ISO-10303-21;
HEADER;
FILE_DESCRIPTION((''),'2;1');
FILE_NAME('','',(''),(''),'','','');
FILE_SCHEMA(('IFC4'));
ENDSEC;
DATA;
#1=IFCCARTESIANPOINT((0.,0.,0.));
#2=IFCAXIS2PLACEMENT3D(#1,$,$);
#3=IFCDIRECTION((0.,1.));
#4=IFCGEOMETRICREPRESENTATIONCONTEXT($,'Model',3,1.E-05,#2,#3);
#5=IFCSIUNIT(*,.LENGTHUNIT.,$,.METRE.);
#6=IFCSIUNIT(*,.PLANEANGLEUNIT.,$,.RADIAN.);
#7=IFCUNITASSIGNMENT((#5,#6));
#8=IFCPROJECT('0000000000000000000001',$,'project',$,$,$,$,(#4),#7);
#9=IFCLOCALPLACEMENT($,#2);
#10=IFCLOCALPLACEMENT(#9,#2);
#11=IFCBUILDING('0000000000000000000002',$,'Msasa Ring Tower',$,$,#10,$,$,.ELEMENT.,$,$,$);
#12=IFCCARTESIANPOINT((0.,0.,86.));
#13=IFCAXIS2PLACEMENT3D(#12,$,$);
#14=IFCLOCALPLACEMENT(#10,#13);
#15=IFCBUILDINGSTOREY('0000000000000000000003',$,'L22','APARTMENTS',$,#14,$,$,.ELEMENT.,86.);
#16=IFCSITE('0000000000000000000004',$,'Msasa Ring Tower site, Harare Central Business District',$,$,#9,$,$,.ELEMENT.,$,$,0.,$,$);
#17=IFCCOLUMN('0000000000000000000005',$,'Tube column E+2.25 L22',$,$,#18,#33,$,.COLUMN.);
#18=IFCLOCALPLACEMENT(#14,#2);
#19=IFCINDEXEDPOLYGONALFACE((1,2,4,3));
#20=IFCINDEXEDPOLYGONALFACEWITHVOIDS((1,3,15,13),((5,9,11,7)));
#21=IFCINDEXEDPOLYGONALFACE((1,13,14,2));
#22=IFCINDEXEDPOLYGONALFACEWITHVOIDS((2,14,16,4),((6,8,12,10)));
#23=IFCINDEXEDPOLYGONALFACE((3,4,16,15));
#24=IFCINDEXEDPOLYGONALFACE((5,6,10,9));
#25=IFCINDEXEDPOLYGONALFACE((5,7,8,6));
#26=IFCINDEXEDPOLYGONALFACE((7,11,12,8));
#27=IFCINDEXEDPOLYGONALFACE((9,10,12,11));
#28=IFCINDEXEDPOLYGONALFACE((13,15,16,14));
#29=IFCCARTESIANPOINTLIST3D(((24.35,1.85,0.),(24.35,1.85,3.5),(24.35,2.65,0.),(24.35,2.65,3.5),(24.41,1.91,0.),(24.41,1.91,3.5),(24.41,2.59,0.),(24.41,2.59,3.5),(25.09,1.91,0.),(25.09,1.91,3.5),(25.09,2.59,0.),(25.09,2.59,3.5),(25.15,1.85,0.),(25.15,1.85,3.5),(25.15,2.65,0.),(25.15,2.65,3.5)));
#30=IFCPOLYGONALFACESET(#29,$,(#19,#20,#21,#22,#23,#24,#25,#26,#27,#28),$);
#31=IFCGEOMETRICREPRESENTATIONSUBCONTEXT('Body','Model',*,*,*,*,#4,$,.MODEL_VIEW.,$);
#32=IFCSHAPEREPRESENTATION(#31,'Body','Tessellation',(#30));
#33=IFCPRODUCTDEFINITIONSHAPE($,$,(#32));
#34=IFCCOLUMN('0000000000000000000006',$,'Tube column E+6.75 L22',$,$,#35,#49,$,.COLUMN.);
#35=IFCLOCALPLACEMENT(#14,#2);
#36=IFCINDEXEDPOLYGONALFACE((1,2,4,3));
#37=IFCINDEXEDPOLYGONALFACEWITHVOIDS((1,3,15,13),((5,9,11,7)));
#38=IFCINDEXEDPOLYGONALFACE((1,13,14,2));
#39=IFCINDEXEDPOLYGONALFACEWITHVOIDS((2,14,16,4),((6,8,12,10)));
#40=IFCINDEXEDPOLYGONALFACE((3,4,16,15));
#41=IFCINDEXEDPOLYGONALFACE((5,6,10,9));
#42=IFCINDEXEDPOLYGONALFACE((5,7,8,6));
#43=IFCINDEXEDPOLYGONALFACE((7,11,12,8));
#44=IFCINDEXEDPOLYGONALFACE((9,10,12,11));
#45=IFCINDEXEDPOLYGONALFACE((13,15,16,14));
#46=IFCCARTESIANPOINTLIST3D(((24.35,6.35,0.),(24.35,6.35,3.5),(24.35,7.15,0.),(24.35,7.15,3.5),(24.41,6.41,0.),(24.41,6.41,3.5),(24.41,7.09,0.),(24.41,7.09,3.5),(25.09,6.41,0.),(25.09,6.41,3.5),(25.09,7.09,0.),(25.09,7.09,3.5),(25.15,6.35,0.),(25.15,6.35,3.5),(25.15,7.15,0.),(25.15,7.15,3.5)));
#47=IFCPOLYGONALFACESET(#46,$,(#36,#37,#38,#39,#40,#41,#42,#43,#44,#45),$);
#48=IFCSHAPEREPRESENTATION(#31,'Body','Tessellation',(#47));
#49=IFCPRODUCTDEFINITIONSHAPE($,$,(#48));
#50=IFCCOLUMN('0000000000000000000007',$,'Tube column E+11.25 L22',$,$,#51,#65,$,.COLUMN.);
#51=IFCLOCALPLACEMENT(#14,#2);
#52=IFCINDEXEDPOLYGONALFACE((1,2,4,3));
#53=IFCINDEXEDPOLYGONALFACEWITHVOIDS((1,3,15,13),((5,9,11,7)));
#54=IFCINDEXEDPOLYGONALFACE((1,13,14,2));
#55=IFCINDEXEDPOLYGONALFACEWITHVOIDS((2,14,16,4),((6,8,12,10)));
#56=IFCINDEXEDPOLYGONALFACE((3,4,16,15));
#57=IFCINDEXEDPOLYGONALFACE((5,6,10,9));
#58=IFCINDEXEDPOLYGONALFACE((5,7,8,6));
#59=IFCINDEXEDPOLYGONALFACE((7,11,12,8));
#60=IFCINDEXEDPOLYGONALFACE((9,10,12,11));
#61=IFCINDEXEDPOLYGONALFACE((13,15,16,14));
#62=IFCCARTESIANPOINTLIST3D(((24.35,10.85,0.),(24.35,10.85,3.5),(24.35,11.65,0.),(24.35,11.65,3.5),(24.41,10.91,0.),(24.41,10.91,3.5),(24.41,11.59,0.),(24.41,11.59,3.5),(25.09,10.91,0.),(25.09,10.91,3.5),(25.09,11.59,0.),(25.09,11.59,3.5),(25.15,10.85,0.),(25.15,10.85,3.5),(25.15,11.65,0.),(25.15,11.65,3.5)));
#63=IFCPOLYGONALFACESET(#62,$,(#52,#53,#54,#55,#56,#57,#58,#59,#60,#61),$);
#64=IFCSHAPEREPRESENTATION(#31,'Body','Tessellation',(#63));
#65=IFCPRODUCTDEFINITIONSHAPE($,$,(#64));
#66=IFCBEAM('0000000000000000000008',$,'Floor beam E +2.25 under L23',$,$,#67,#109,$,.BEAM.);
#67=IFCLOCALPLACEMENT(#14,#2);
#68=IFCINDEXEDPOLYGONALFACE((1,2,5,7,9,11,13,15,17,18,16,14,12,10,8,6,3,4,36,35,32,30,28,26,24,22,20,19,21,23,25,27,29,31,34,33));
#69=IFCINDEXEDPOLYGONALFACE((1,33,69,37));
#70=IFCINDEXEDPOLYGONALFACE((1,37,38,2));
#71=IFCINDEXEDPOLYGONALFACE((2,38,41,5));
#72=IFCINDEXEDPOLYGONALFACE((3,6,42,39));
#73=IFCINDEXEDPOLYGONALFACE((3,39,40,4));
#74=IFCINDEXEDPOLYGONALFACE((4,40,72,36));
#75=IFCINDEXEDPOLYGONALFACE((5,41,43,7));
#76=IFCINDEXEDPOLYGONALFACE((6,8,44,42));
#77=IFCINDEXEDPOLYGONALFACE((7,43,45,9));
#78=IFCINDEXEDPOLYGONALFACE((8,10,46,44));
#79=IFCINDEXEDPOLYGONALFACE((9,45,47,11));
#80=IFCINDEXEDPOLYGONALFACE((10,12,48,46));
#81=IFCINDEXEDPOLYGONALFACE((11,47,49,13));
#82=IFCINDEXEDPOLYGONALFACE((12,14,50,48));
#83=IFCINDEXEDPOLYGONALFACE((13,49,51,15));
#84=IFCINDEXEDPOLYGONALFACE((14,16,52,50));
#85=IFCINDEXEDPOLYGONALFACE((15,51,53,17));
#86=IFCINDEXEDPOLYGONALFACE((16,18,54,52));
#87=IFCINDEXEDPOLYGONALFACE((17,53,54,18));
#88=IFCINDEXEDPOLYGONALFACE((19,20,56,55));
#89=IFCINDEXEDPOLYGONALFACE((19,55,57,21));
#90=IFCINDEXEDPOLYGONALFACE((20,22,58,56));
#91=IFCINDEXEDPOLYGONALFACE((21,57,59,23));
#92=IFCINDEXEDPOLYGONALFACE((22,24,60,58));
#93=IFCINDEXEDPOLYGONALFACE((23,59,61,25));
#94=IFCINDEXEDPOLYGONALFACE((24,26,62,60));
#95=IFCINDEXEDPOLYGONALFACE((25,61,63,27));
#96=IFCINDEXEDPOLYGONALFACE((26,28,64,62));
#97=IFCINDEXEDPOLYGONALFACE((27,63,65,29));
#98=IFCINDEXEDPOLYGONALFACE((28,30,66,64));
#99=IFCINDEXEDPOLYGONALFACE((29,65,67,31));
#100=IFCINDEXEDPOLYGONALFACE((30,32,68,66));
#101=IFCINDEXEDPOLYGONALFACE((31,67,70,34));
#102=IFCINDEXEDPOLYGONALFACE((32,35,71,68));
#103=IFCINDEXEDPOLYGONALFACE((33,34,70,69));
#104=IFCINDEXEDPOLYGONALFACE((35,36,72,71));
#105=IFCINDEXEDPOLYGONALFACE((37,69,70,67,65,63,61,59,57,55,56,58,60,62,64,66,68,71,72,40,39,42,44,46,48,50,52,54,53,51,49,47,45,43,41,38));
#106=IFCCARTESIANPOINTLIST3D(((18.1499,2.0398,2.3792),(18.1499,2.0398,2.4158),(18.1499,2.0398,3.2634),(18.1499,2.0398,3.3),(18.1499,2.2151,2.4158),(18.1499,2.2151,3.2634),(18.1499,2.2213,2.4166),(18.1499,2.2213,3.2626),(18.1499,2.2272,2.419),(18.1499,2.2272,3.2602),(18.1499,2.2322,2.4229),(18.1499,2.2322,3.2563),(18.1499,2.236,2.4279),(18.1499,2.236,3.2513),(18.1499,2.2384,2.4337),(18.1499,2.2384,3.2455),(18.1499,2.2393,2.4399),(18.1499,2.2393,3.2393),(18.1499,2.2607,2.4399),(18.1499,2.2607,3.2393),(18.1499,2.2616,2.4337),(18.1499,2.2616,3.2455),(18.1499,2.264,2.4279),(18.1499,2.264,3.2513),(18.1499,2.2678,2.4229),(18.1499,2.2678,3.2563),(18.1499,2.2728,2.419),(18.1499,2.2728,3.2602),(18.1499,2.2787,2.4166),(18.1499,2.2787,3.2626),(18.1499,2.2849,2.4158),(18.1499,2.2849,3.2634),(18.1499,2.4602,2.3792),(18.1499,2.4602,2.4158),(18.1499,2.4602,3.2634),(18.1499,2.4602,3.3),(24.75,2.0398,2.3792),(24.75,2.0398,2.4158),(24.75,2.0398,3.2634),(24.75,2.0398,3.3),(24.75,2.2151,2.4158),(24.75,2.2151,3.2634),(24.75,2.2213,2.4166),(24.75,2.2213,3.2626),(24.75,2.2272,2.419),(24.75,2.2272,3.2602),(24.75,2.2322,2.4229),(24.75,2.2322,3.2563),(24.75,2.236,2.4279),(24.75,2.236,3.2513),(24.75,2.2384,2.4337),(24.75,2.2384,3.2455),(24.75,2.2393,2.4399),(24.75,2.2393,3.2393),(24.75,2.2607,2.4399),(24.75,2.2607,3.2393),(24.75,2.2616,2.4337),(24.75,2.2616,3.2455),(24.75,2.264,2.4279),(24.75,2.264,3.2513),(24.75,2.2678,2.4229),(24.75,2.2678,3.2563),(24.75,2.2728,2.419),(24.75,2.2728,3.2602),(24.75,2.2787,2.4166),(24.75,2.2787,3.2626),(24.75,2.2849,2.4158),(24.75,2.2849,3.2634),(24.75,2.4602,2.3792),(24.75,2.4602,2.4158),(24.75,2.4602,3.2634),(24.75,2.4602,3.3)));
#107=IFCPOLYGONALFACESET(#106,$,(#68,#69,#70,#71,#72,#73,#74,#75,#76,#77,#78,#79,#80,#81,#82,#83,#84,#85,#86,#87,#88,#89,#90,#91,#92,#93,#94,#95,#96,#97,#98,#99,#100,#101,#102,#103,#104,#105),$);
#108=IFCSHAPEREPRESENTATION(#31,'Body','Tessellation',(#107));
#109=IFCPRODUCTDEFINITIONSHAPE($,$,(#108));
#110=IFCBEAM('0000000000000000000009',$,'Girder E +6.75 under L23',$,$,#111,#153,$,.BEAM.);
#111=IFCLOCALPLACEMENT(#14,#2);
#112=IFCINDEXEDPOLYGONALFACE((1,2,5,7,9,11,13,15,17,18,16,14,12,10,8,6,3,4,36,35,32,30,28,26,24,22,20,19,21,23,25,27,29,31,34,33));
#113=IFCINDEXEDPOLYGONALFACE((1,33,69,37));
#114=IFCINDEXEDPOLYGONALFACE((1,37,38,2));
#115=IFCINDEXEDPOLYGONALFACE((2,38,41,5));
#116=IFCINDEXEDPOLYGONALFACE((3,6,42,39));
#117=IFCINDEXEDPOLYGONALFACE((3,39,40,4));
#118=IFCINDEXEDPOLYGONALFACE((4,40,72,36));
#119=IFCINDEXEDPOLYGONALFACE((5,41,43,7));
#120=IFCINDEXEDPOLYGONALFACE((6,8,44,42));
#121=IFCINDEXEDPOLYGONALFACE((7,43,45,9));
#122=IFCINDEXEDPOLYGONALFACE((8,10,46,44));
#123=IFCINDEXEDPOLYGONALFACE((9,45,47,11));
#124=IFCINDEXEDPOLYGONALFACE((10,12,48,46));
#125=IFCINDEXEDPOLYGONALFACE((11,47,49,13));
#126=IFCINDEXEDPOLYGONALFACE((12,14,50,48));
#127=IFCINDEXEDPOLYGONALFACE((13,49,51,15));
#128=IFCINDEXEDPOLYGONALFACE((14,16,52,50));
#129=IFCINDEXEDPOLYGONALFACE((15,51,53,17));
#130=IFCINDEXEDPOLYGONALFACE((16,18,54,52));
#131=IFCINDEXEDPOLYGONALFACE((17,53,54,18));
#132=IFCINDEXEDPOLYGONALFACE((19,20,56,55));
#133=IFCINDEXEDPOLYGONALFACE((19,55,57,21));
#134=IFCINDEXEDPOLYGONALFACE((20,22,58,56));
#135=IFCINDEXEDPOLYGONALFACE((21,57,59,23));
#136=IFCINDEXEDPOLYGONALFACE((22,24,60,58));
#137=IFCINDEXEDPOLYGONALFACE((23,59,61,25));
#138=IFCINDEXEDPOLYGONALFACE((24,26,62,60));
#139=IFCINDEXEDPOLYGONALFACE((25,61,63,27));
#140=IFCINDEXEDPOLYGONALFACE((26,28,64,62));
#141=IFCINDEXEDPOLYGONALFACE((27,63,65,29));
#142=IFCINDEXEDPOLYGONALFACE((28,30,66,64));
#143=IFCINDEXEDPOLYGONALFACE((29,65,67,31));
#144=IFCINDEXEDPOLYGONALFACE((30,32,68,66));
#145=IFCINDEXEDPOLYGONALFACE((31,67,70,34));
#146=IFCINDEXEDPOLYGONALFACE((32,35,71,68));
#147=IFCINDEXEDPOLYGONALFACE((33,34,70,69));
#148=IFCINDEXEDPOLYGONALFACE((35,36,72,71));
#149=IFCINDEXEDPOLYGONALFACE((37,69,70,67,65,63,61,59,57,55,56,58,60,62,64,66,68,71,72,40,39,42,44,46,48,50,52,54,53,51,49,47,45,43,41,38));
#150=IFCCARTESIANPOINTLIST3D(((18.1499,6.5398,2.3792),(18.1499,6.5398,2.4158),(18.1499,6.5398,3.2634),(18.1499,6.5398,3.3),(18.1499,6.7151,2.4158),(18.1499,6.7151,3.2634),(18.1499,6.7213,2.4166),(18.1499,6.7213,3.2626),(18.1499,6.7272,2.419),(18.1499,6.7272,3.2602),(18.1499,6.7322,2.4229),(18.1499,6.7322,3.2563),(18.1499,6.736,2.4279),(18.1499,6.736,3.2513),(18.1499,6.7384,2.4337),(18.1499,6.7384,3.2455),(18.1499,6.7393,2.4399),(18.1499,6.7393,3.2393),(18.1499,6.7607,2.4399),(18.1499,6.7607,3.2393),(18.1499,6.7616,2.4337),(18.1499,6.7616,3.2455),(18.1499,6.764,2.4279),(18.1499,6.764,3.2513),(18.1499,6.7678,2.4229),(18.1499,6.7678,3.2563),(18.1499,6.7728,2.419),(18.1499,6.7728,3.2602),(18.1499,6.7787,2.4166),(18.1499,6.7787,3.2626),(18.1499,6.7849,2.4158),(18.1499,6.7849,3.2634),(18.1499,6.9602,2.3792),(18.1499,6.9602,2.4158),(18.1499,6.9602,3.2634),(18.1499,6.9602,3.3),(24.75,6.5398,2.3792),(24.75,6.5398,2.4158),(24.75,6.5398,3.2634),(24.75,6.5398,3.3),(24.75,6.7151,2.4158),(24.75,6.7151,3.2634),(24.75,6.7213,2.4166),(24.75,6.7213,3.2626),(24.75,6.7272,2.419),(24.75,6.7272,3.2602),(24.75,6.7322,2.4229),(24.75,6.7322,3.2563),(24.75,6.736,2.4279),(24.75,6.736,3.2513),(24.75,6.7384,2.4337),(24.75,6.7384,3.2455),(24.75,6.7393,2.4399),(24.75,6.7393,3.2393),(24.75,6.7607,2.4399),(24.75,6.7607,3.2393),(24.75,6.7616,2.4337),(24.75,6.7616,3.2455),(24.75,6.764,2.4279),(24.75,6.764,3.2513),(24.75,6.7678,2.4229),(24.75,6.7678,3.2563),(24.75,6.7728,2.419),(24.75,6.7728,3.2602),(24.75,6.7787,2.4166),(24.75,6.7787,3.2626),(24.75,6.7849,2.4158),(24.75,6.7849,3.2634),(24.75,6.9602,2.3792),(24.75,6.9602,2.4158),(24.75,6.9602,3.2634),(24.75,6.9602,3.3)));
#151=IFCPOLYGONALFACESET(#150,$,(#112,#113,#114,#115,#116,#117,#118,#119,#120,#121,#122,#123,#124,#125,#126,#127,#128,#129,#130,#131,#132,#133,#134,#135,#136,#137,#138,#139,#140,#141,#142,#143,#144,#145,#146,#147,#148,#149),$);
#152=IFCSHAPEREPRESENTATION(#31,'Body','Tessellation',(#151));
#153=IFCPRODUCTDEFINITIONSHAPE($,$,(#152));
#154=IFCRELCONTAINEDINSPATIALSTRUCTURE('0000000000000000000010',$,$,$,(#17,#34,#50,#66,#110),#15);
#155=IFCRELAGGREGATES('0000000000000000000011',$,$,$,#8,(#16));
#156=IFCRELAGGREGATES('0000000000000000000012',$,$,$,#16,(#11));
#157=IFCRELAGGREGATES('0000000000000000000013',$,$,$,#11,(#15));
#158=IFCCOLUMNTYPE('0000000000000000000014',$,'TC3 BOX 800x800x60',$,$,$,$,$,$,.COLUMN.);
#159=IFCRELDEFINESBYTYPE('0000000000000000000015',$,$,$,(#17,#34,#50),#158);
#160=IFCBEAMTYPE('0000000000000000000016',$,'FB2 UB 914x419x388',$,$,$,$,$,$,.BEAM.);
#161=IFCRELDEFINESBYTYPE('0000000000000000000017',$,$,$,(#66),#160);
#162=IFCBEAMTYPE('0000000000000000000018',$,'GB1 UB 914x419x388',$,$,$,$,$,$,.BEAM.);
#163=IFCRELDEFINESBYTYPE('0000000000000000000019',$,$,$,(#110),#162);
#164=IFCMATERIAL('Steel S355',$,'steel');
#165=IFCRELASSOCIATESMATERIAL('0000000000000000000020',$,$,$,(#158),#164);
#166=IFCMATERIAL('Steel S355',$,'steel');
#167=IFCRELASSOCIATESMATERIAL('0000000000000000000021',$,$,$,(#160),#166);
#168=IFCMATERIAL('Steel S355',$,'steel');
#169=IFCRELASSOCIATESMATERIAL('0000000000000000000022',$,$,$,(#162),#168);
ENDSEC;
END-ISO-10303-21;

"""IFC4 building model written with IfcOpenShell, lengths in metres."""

from ifc_helpers import new_model, si_unit, direction, frame, origin, origin_2d, place, context, subcontext, project, spatial, hollow_rectangle, i_section, extrude, material, material_profile, profile_set, type_object, element, save


model = new_model("IFC4")

# Units and contexts
model_context = context("Model", 3, precision=1e-05, world=origin(), true_north=direction((0.0, 1.0)))
body_context = subcontext(model_context, "Body", "Model", "MODEL_VIEW")
ifc_project = project(units=[si_unit("LENGTHUNIT", "METRE"), si_unit("PLANEANGLEUNIT", "RADIAN")], contexts=[model_context])

# Site, building, storey
site_placement = place(None, origin())
site = spatial("IfcSite", under=ifc_project, at=site_placement, Name="Msasa Ring Tower site, Harare Central Business District", CompositionType="ELEMENT", RefElevation=0.0)
building_placement = place(site_placement, origin())
building = spatial("IfcBuilding", under=site, at=building_placement, Name="Msasa Ring Tower", CompositionType="ELEMENT")
storey_placement = place(building_placement, frame((0.0, 0.0, 86.0)))
storey = spatial("IfcBuildingStorey", under=building, at=storey_placement, Name="L22", Description="APARTMENTS", CompositionType="ELEMENT", Elevation=86.0)

# Columns
ifc_material_1 = material(Name="Steel S355", Category="steel")
ifc_material_profile_1 = material_profile(ifc_material_1, hollow_rectangle(XDim=0.8, YDim=0.8, WallThickness=0.0601, at=origin_2d()), Name="BOX 800x800x60")
ifc_profile_set_1 = profile_set([ifc_material_profile_1], Name="Steel S355")
column_type = type_object("IfcColumnType", Name="TC3 BOX 800x800x60", PredefinedType="COLUMN", material=ifc_profile_set_1)
for number, where, z_axis, x_axis, name in (
    (1, (24.75, 2.25, 0.0), (0.0, 0.0, 1.0), (1.0, 0.0, 0.0), "Tube column E+2.25 L22"),
    (2, (24.75, 6.75, 0.0), (0.0, 0.0, 1.0), (1.0, 0.0, 0.0), "Tube column E+6.75 L22"),
    (3, (24.75, 11.25, 0.0), (0.0, 0.0, 1.0), (1.0, 0.0, 0.0), "Tube column E+11.25 L22"),
):
    element("IfcColumn", number, at=place(storey_placement, frame(where, z_axis=z_axis, x_axis=x_axis)), inside=storey, type_object=column_type, Name=name, PredefinedType="COLUMN", context=body_context, shape_type="SweptSolid", body=[
        extrude(hollow_rectangle(XDim=0.8, YDim=0.8, WallThickness=0.0601, at=origin_2d()), origin(), (0.0, 0.0, 1.0), 3.5),
    ])

# Beams
ifc_material_2 = material(Name="Steel S355", Category="steel")
ifc_material_profile_2 = material_profile(ifc_material_2, i_section(OverallWidth=0.4204, OverallDepth=0.9209, WebThickness=0.0215, FlangeThickness=0.0366, FilletRadius=0.0242, at=origin_2d()), Name="UB 914x419x388")
ifc_profile_set_2 = profile_set([ifc_material_profile_2], Name="Steel S355")
beam_type_1 = type_object("IfcBeamType", Name="FB2 UB 914x419x388", PredefinedType="BEAM", material=ifc_profile_set_2)
beam_1_placement = place(storey_placement, frame((24.75, 2.25, 2.8396), z_axis=(-1.0, 0.0, 0.0), x_axis=(0.0, -1.0, 0.0)))
element("IfcBeam", 4, at=beam_1_placement, inside=storey, type_object=beam_type_1, Name="Floor beam E +2.25 under L23", PredefinedType="BEAM", context=body_context, shape_type="SweptSolid", body=[
    extrude(i_section(OverallWidth=0.4204, OverallDepth=0.9209, WebThickness=0.0215, FlangeThickness=0.0366, FilletRadius=0.0242, at=origin_2d()), origin(), (0.0, 0.0, 1.0), 6.6001),
])
ifc_material_3 = material(Name="Steel S355", Category="steel")
ifc_material_profile_3 = material_profile(ifc_material_3, i_section(OverallWidth=0.4204, OverallDepth=0.9209, WebThickness=0.0215, FlangeThickness=0.0366, FilletRadius=0.0242, at=origin_2d()), Name="UB 914x419x388")
ifc_profile_set_3 = profile_set([ifc_material_profile_3], Name="Steel S355")
beam_type_2 = type_object("IfcBeamType", Name="GB1 UB 914x419x388", PredefinedType="BEAM", material=ifc_profile_set_3)
beam_2_placement = place(storey_placement, frame((18.1499, 6.75, 2.8396), z_axis=(1.0, 0.0, 0.0), x_axis=(0.0, 1.0, 0.0)))
element("IfcBeam", 5, at=beam_2_placement, inside=storey, type_object=beam_type_2, Name="Girder E +6.75 under L23", PredefinedType="BEAM", context=body_context, shape_type="SweptSolid", body=[
    extrude(i_section(OverallWidth=0.4204, OverallDepth=0.9209, WebThickness=0.0215, FlangeThickness=0.0366, FilletRadius=0.0242, at=origin_2d()), origin(), (0.0, 0.0, 1.0), 6.6001),
])

save(model, "model.ifc")
